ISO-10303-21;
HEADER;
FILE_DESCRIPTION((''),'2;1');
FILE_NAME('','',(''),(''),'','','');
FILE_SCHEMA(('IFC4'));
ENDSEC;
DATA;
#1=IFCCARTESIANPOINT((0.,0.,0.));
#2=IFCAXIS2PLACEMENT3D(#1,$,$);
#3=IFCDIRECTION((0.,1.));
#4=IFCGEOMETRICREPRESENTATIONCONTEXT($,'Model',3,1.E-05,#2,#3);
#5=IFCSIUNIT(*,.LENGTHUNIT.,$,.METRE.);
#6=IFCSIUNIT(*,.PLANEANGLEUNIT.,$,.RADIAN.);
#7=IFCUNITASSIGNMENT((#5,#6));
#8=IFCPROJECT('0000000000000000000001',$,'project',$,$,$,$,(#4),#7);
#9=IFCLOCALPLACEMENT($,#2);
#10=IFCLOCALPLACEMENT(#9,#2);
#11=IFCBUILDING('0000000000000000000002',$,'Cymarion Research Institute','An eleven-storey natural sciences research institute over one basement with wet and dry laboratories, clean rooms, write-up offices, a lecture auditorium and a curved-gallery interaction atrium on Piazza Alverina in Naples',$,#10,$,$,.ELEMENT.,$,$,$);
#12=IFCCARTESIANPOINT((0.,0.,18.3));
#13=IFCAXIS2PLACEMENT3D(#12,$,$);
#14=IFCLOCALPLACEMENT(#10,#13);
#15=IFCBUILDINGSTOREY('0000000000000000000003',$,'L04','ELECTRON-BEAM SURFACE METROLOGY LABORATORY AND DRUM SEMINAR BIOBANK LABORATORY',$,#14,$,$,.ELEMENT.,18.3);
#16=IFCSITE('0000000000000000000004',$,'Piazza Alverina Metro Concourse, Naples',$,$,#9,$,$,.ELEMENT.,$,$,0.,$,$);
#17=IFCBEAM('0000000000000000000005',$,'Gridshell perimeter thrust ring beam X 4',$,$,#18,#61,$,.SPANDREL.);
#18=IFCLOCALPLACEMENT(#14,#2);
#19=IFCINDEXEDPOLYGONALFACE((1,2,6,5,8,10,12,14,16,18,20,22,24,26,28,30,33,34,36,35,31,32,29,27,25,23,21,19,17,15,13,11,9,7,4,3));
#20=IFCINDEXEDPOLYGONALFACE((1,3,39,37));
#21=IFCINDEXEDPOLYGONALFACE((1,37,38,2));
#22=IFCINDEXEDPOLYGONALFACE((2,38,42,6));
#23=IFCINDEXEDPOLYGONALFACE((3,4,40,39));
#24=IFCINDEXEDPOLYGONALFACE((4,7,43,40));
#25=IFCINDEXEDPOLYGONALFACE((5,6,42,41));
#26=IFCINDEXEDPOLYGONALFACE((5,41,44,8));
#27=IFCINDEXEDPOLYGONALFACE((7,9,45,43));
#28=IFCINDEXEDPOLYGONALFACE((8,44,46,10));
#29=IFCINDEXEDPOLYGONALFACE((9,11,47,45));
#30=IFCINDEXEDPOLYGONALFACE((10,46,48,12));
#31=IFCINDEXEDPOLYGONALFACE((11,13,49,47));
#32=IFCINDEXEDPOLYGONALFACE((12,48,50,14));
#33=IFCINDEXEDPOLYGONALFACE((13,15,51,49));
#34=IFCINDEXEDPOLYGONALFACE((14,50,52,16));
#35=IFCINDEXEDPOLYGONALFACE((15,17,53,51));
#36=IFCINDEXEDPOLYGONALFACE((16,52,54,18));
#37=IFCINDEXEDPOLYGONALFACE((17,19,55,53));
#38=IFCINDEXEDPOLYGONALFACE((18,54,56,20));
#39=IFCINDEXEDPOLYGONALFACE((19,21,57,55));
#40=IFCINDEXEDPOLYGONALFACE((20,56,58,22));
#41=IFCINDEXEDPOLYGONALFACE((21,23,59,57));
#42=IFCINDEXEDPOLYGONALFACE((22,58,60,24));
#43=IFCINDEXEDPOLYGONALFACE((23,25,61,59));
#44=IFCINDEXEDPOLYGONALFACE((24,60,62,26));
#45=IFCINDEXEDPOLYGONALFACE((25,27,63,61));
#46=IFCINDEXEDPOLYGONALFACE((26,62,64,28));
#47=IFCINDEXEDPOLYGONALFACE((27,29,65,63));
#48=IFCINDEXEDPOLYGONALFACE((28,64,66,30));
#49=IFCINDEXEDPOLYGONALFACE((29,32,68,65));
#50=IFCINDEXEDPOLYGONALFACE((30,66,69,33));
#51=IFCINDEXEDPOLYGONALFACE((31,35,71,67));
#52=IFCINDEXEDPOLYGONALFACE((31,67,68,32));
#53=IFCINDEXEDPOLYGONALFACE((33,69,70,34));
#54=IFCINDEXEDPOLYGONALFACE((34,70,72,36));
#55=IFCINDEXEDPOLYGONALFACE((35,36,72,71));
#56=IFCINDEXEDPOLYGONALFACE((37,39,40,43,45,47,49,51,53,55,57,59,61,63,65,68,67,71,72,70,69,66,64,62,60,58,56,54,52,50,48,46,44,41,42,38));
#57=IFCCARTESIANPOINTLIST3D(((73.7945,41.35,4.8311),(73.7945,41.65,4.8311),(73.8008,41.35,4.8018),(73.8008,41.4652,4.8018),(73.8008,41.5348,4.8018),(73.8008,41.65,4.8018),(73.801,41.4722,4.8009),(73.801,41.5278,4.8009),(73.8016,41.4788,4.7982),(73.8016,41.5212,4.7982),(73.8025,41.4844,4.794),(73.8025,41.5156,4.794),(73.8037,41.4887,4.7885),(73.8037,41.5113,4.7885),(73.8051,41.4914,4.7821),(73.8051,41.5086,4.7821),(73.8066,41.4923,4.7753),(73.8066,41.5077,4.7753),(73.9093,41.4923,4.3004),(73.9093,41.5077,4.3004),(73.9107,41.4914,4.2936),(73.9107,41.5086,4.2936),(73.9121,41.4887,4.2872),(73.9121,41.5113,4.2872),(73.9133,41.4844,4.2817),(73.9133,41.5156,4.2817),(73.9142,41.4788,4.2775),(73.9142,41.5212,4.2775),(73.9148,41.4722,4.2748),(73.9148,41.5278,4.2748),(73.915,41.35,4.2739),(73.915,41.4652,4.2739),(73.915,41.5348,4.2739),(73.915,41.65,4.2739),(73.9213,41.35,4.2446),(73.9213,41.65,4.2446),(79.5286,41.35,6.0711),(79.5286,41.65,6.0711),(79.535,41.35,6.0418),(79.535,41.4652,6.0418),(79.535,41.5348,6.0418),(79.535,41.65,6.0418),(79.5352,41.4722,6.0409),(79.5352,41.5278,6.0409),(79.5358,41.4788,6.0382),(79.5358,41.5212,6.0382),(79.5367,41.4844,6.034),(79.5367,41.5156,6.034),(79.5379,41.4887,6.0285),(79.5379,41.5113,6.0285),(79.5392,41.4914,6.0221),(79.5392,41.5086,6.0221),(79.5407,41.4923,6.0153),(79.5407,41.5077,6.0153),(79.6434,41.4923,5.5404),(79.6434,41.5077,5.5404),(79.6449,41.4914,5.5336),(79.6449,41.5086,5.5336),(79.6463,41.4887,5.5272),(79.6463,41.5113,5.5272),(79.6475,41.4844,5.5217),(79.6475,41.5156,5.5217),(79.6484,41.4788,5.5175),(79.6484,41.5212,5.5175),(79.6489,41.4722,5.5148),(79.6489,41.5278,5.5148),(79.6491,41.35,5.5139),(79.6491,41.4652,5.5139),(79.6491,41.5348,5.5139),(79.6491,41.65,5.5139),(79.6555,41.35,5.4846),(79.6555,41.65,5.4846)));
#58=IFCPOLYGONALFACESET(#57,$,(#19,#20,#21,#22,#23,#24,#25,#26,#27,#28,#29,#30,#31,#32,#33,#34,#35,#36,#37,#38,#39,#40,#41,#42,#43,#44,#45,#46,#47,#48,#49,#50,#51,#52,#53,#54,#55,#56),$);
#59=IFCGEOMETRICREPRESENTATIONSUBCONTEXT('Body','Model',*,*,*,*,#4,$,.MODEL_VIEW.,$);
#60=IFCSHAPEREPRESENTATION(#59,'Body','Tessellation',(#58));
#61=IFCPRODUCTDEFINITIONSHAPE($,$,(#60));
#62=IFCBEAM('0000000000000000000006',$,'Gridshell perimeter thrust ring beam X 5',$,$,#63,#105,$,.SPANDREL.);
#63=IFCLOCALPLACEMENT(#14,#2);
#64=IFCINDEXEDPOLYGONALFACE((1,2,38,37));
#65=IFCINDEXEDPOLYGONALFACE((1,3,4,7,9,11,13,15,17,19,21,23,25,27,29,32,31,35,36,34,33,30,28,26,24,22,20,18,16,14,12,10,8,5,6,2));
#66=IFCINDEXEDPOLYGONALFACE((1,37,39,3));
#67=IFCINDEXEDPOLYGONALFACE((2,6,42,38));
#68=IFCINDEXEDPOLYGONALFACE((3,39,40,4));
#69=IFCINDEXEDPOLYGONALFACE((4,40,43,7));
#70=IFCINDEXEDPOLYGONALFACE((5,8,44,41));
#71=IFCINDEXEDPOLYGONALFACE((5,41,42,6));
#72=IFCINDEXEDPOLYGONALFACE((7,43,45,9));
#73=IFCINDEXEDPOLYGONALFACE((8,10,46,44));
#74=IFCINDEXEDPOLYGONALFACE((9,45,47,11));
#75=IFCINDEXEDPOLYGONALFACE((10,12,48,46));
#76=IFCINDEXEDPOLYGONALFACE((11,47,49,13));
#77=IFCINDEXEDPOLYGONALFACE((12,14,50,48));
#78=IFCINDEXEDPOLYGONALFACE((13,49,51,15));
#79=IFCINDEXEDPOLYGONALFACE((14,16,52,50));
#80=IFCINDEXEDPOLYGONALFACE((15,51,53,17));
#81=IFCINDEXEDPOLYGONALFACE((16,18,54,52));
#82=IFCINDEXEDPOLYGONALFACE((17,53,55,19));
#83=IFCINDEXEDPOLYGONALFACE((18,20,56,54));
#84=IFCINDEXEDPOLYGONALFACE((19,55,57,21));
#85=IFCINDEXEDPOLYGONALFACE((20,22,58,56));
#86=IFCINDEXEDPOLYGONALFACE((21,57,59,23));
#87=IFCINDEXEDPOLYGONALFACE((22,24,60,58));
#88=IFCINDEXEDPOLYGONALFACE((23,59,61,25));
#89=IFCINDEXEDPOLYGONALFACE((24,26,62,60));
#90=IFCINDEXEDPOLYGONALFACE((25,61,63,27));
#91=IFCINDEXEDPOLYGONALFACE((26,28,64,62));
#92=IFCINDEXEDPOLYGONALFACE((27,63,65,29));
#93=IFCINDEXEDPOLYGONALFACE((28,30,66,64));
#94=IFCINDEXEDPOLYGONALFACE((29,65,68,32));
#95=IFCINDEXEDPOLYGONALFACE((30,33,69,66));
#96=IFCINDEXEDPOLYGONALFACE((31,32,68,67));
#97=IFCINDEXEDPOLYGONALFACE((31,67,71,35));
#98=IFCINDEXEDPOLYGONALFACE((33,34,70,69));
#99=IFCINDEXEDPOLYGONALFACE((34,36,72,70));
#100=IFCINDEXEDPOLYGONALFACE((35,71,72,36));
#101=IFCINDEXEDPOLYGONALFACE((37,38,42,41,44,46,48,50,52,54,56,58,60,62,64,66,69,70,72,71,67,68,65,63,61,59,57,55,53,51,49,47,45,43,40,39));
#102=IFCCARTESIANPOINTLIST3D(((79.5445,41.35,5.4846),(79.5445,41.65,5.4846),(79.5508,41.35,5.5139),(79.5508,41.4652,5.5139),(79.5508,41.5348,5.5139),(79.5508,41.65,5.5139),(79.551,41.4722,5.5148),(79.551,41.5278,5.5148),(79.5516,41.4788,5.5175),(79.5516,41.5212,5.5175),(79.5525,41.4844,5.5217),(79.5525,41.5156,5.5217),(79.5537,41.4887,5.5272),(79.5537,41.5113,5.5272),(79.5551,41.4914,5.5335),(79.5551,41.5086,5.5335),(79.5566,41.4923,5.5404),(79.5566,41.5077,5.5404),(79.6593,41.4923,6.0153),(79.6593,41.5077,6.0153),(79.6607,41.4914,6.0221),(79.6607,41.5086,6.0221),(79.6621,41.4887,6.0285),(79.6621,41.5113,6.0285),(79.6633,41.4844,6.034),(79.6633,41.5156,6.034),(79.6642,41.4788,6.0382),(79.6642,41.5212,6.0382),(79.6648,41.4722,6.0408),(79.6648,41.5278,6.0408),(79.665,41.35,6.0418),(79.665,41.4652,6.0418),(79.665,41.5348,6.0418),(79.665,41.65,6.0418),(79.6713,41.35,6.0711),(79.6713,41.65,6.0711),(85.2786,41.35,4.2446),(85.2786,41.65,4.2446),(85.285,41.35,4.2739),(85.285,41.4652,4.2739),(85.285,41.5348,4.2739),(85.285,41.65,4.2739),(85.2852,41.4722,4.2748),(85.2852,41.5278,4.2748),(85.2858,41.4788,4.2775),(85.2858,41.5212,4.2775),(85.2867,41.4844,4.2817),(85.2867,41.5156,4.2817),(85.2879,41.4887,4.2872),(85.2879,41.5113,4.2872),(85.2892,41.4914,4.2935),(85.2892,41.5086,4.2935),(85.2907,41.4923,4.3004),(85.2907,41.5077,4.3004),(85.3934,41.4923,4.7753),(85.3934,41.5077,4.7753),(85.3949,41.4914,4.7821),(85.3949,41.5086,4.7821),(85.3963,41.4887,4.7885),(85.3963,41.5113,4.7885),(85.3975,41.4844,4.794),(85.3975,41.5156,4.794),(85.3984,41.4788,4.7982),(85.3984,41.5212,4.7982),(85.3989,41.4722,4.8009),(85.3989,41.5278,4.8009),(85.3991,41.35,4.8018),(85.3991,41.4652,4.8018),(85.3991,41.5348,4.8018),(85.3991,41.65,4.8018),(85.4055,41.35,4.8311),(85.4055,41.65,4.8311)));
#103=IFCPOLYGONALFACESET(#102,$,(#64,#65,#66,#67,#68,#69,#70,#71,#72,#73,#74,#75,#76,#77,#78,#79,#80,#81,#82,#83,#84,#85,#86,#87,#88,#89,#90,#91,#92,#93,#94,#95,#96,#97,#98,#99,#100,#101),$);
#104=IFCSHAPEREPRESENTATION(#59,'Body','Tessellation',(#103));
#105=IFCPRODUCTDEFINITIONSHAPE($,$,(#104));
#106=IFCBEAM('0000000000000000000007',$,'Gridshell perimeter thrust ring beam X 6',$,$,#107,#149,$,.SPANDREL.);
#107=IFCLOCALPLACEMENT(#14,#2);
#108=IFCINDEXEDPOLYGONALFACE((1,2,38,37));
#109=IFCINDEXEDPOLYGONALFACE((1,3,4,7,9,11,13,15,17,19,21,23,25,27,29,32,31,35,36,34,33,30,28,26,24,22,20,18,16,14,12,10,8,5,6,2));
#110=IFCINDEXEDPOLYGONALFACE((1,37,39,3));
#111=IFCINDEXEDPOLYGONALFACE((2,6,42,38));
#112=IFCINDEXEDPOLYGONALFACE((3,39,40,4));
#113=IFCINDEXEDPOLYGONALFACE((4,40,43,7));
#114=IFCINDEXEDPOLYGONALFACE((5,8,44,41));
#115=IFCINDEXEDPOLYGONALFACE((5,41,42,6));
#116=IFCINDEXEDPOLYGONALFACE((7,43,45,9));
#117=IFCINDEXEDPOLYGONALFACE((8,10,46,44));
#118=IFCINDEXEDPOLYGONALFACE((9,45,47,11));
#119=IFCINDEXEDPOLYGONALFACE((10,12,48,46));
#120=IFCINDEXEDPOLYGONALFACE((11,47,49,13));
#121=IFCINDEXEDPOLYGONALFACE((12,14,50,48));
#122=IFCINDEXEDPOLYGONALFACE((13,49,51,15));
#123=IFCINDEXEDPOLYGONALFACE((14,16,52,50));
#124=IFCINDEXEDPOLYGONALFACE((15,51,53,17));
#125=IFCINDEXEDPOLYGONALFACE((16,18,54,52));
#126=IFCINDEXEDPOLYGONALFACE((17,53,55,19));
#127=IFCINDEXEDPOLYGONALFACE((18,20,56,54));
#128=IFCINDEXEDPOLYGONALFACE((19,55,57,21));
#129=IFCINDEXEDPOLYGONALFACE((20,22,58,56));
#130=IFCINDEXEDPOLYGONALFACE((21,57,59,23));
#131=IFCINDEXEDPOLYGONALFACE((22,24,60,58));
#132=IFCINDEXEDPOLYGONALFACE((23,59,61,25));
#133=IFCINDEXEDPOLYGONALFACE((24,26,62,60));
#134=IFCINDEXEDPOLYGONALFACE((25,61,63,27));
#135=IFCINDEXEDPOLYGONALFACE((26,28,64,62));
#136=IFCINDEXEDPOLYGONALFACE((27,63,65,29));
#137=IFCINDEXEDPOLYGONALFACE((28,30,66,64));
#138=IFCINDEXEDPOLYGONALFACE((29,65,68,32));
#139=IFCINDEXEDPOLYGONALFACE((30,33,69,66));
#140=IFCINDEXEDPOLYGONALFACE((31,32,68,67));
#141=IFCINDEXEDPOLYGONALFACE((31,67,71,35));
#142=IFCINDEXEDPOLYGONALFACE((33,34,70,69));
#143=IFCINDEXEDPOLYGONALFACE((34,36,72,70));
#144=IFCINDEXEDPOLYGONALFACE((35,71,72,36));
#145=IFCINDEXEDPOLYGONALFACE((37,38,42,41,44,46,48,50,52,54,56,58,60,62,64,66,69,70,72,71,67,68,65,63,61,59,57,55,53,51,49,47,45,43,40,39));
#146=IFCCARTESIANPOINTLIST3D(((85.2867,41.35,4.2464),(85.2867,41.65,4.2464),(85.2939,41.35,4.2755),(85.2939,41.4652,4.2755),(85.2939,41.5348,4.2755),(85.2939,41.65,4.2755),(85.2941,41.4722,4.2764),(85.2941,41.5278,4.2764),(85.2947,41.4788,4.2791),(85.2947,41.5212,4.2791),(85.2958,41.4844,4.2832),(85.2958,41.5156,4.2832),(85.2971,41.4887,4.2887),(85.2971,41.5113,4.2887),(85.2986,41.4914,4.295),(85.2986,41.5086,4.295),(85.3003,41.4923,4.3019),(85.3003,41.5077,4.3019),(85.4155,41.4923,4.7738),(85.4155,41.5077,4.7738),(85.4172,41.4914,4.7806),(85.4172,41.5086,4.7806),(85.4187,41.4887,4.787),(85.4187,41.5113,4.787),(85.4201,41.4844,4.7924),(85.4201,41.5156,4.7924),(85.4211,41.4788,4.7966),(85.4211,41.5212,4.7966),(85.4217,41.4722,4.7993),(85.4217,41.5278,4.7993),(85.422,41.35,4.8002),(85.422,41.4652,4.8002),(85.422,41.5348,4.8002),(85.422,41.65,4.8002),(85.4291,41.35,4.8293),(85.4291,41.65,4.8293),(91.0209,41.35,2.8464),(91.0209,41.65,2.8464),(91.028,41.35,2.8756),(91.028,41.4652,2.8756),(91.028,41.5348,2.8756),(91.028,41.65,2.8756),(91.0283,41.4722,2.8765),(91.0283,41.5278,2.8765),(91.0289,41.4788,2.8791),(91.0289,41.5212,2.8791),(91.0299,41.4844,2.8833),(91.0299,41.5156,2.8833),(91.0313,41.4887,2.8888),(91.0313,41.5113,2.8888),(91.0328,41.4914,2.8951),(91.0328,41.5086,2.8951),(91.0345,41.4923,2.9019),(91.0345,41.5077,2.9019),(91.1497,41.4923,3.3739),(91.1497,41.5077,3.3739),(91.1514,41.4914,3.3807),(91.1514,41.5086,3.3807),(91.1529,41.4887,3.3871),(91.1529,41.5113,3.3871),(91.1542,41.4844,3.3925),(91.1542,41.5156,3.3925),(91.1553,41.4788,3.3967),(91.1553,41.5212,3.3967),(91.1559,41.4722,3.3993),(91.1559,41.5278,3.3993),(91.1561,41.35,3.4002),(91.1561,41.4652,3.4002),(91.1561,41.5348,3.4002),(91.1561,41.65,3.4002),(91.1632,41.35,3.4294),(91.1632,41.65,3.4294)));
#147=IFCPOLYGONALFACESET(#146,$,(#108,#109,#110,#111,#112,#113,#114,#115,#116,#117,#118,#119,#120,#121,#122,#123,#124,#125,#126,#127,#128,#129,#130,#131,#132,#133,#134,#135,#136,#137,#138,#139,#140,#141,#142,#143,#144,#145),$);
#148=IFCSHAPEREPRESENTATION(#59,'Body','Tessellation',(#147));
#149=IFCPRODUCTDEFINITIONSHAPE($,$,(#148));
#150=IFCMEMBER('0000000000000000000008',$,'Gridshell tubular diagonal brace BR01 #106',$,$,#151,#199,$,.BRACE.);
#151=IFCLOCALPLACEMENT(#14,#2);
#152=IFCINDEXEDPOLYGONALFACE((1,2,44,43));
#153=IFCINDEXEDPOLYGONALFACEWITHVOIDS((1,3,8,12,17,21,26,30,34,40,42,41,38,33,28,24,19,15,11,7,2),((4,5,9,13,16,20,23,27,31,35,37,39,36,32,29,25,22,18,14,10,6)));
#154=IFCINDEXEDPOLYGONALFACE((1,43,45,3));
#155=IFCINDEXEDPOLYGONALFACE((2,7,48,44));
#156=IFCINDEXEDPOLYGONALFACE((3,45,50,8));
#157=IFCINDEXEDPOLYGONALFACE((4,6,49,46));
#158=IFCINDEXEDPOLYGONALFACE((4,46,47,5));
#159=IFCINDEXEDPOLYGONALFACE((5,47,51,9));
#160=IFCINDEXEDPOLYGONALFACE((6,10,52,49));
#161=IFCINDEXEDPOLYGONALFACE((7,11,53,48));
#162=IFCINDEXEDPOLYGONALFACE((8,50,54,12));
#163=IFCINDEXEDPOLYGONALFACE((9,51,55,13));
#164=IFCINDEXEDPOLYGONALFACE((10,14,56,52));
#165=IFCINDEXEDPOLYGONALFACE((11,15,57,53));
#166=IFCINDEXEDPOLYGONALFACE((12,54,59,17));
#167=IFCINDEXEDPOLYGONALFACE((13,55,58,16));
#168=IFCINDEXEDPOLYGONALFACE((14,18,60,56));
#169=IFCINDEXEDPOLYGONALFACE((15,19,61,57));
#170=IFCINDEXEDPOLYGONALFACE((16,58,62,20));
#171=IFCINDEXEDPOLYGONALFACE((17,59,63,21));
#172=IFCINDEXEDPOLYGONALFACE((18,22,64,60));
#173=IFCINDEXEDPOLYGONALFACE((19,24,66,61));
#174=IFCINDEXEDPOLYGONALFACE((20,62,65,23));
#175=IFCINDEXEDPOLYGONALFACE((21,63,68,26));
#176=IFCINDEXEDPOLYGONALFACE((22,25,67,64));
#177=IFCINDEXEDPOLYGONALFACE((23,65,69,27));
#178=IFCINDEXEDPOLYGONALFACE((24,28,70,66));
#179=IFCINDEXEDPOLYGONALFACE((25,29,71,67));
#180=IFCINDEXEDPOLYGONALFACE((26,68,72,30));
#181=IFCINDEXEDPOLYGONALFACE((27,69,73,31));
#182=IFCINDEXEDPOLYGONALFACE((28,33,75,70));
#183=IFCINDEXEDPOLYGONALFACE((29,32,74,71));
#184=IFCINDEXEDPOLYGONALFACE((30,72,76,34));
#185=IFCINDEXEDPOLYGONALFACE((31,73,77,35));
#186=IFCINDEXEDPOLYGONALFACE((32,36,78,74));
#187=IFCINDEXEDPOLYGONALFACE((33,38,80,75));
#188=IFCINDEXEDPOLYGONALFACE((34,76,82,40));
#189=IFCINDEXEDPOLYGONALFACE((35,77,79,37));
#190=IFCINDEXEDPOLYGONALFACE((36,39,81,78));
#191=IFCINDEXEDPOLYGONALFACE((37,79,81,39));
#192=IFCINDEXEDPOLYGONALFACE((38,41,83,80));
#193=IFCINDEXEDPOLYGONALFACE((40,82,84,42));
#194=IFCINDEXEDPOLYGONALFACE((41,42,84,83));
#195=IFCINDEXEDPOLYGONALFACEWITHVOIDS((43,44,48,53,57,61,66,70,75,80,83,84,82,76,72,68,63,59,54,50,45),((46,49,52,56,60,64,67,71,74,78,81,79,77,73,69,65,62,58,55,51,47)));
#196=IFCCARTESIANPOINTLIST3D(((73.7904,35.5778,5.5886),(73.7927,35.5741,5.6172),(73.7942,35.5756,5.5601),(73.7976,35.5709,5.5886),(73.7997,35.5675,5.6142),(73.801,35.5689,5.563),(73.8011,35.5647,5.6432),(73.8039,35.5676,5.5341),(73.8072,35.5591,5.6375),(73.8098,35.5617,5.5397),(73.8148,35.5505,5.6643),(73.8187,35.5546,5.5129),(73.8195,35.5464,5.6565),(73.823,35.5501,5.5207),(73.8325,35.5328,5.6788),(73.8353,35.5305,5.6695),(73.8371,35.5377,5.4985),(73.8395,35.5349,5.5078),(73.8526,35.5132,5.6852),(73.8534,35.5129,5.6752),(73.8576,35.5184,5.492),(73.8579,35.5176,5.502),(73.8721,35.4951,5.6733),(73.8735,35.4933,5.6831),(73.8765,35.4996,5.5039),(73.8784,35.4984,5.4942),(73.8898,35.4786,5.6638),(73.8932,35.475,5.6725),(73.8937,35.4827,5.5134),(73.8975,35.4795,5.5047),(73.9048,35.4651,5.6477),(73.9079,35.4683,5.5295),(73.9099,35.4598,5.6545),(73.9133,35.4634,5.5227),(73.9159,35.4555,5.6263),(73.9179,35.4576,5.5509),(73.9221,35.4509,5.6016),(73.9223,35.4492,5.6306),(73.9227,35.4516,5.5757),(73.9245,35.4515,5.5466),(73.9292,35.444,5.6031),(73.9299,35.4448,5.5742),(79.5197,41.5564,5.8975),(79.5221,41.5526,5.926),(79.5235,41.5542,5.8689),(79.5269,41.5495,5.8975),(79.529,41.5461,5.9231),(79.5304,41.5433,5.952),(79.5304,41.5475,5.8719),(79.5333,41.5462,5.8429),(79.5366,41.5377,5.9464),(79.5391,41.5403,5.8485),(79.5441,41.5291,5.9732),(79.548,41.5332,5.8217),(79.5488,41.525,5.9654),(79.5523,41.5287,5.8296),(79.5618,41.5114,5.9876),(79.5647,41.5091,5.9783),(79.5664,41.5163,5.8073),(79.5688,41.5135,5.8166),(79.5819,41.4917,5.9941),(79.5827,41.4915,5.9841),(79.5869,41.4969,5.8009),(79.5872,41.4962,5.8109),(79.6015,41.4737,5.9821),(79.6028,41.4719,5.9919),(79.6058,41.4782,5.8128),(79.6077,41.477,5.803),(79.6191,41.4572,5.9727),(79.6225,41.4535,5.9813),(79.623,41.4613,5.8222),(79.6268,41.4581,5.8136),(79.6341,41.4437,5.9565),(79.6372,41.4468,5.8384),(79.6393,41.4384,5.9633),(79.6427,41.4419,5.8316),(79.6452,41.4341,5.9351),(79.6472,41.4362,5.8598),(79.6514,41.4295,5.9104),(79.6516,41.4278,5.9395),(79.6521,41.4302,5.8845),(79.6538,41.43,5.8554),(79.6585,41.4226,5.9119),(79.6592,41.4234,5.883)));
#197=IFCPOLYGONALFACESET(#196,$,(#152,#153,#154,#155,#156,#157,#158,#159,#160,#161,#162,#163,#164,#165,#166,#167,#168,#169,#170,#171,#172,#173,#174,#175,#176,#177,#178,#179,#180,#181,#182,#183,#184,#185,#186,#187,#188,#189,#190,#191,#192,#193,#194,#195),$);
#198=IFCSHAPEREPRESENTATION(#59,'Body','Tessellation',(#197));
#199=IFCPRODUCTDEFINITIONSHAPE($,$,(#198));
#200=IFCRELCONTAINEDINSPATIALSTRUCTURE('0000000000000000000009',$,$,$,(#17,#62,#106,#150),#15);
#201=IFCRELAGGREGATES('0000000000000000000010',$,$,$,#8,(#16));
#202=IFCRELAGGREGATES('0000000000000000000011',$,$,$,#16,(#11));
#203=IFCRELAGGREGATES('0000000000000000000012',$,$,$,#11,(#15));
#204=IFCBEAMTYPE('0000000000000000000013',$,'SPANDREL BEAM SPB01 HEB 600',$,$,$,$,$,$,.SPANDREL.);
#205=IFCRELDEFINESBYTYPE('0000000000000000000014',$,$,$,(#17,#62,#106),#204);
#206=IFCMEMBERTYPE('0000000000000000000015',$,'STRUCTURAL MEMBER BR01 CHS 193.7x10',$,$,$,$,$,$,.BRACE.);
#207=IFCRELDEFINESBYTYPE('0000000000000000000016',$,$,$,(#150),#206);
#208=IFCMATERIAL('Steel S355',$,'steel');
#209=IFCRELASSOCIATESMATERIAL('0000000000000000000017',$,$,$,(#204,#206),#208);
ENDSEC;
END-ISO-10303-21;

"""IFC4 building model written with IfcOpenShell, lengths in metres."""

from ifc_helpers import new_model, si_unit, direction, frame, origin, origin_2d, place, context, subcontext, project, spatial, hollow_circle, i_section, extrude, material, material_profile, profile_set, type_object, element, save


model = new_model("IFC4")

# Units and contexts
model_context = context("Model", 3, precision=1e-05, world=origin(), true_north=direction((0.0, 1.0)))
body_context = subcontext(model_context, "Body", "Model", "MODEL_VIEW")
ifc_project = project(units=[si_unit("LENGTHUNIT", "METRE"), si_unit("PLANEANGLEUNIT", "RADIAN")], contexts=[model_context])

# Site, building, storey
site_placement = place(None, origin())
site = spatial("IfcSite", under=ifc_project, at=site_placement, Name="Piazza Alverina Metro Concourse, Naples", CompositionType="ELEMENT", RefElevation=0.0)
building_placement = place(site_placement, origin())
building = spatial("IfcBuilding", under=site, at=building_placement, Name="Cymarion Research Institute", Description="An eleven-storey natural sciences research institute over one basement with wet and dry laboratories, clean rooms, write-up offices, a lecture auditorium and a curved-gallery interaction atrium on Piazza Alverina in Naples", CompositionType="ELEMENT")
storey_placement = place(building_placement, frame((0.0, 0.0, 18.3)))
storey = spatial("IfcBuildingStorey", under=building, at=storey_placement, Name="L04", Description="ELECTRON-BEAM SURFACE METROLOGY LABORATORY AND DRUM SEMINAR BIOBANK LABORATORY", CompositionType="ELEMENT", Elevation=18.3)

# Beams
ifc_material_1 = material(Name="Steel S355", Category="steel")
ifc_material_profile_1 = material_profile(ifc_material_1, i_section(OverallWidth=0.3, OverallDepth=0.6001, WebThickness=0.0154, FlangeThickness=0.03, FilletRadius=0.0271, at=origin_2d()), Name="HEB 600")
ifc_profile_set_1 = profile_set([ifc_material_profile_1], Name="Steel S355")
beam_type = type_object("IfcBeamType", Name="SPANDREL BEAM SPB01 HEB 600", PredefinedType="SPANDREL", material=ifc_profile_set_1)
for number, where, z_axis, x_axis, name in (
    (1, (73.8579, 41.5, 4.5378), (0.977408, 0.0, 0.211362), (0.0, 1.0, 0.0), "Gridshell perimeter thrust ring beam X 4"),
    (2, (79.6079, 41.5, 5.7778), (0.977408, 0.0, -0.211362), (0.0, 1.0, 0.0), "Gridshell perimeter thrust ring beam X 5"),
):
    element("IfcBeam", number, at=place(storey_placement, frame(where, z_axis=z_axis, x_axis=x_axis)), inside=storey, type_object=beam_type, Name=name, PredefinedType="SPANDREL", context=body_context, shape_type="SweptSolid", body=[
        extrude(i_section(OverallWidth=0.3, OverallDepth=0.6001, WebThickness=0.0154, FlangeThickness=0.03, FilletRadius=0.0271, at=origin_2d()), origin(), (0.0, 0.0, 1.0), 5.8667),
    ])
beam_placement = place(storey_placement, frame((85.3579, 41.5, 4.5378), z_axis=(0.971468, 0.0, -0.237169), x_axis=(0.0, 1.0, 0.0)))
element("IfcBeam", 3, at=beam_placement, inside=storey, type_object=beam_type, Name="Gridshell perimeter thrust ring beam X 6", PredefinedType="SPANDREL", context=body_context, shape_type="SweptSolid", body=[
    extrude(i_section(OverallWidth=0.3, OverallDepth=0.6001, WebThickness=0.0154, FlangeThickness=0.03, FilletRadius=0.0271, at=origin_2d()), origin(), (0.0, 0.0, 1.0), 5.9026),
])

# Member
ifc_material_profile_2 = material_profile(ifc_material_1, hollow_circle(Radius=0.0969, WallThickness=0.01, at=origin_2d()), Name="CHS 193.7x10")
ifc_profile_set_2 = profile_set([ifc_material_profile_2], Name="Steel S355")
member_type_1 = type_object("IfcMemberType", Name="STRUCTURAL MEMBER BR01 CHS 193.7x10", PredefinedType="BRACE", material=ifc_profile_set_2)
member_1_placement = place(storey_placement, frame((73.8604, 35.5107, 5.5886), z_axis=(0.691414, 0.721496, 0.037271), x_axis=(-0.721998, 0.691895, 0.0)))
element("IfcMember", 4, at=member_1_placement, inside=storey, type_object=member_type_1, Name="Gridshell tubular diagonal brace BR01 #106", PredefinedType="BRACE", context=body_context, shape_type="SweptSolid", body=[
    extrude(hollow_circle(Radius=0.0969, WallThickness=0.01, at=origin_2d()), origin(), (0.0, 0.0, 1.0), 8.2864),
])

save(model, "model.ifc")
